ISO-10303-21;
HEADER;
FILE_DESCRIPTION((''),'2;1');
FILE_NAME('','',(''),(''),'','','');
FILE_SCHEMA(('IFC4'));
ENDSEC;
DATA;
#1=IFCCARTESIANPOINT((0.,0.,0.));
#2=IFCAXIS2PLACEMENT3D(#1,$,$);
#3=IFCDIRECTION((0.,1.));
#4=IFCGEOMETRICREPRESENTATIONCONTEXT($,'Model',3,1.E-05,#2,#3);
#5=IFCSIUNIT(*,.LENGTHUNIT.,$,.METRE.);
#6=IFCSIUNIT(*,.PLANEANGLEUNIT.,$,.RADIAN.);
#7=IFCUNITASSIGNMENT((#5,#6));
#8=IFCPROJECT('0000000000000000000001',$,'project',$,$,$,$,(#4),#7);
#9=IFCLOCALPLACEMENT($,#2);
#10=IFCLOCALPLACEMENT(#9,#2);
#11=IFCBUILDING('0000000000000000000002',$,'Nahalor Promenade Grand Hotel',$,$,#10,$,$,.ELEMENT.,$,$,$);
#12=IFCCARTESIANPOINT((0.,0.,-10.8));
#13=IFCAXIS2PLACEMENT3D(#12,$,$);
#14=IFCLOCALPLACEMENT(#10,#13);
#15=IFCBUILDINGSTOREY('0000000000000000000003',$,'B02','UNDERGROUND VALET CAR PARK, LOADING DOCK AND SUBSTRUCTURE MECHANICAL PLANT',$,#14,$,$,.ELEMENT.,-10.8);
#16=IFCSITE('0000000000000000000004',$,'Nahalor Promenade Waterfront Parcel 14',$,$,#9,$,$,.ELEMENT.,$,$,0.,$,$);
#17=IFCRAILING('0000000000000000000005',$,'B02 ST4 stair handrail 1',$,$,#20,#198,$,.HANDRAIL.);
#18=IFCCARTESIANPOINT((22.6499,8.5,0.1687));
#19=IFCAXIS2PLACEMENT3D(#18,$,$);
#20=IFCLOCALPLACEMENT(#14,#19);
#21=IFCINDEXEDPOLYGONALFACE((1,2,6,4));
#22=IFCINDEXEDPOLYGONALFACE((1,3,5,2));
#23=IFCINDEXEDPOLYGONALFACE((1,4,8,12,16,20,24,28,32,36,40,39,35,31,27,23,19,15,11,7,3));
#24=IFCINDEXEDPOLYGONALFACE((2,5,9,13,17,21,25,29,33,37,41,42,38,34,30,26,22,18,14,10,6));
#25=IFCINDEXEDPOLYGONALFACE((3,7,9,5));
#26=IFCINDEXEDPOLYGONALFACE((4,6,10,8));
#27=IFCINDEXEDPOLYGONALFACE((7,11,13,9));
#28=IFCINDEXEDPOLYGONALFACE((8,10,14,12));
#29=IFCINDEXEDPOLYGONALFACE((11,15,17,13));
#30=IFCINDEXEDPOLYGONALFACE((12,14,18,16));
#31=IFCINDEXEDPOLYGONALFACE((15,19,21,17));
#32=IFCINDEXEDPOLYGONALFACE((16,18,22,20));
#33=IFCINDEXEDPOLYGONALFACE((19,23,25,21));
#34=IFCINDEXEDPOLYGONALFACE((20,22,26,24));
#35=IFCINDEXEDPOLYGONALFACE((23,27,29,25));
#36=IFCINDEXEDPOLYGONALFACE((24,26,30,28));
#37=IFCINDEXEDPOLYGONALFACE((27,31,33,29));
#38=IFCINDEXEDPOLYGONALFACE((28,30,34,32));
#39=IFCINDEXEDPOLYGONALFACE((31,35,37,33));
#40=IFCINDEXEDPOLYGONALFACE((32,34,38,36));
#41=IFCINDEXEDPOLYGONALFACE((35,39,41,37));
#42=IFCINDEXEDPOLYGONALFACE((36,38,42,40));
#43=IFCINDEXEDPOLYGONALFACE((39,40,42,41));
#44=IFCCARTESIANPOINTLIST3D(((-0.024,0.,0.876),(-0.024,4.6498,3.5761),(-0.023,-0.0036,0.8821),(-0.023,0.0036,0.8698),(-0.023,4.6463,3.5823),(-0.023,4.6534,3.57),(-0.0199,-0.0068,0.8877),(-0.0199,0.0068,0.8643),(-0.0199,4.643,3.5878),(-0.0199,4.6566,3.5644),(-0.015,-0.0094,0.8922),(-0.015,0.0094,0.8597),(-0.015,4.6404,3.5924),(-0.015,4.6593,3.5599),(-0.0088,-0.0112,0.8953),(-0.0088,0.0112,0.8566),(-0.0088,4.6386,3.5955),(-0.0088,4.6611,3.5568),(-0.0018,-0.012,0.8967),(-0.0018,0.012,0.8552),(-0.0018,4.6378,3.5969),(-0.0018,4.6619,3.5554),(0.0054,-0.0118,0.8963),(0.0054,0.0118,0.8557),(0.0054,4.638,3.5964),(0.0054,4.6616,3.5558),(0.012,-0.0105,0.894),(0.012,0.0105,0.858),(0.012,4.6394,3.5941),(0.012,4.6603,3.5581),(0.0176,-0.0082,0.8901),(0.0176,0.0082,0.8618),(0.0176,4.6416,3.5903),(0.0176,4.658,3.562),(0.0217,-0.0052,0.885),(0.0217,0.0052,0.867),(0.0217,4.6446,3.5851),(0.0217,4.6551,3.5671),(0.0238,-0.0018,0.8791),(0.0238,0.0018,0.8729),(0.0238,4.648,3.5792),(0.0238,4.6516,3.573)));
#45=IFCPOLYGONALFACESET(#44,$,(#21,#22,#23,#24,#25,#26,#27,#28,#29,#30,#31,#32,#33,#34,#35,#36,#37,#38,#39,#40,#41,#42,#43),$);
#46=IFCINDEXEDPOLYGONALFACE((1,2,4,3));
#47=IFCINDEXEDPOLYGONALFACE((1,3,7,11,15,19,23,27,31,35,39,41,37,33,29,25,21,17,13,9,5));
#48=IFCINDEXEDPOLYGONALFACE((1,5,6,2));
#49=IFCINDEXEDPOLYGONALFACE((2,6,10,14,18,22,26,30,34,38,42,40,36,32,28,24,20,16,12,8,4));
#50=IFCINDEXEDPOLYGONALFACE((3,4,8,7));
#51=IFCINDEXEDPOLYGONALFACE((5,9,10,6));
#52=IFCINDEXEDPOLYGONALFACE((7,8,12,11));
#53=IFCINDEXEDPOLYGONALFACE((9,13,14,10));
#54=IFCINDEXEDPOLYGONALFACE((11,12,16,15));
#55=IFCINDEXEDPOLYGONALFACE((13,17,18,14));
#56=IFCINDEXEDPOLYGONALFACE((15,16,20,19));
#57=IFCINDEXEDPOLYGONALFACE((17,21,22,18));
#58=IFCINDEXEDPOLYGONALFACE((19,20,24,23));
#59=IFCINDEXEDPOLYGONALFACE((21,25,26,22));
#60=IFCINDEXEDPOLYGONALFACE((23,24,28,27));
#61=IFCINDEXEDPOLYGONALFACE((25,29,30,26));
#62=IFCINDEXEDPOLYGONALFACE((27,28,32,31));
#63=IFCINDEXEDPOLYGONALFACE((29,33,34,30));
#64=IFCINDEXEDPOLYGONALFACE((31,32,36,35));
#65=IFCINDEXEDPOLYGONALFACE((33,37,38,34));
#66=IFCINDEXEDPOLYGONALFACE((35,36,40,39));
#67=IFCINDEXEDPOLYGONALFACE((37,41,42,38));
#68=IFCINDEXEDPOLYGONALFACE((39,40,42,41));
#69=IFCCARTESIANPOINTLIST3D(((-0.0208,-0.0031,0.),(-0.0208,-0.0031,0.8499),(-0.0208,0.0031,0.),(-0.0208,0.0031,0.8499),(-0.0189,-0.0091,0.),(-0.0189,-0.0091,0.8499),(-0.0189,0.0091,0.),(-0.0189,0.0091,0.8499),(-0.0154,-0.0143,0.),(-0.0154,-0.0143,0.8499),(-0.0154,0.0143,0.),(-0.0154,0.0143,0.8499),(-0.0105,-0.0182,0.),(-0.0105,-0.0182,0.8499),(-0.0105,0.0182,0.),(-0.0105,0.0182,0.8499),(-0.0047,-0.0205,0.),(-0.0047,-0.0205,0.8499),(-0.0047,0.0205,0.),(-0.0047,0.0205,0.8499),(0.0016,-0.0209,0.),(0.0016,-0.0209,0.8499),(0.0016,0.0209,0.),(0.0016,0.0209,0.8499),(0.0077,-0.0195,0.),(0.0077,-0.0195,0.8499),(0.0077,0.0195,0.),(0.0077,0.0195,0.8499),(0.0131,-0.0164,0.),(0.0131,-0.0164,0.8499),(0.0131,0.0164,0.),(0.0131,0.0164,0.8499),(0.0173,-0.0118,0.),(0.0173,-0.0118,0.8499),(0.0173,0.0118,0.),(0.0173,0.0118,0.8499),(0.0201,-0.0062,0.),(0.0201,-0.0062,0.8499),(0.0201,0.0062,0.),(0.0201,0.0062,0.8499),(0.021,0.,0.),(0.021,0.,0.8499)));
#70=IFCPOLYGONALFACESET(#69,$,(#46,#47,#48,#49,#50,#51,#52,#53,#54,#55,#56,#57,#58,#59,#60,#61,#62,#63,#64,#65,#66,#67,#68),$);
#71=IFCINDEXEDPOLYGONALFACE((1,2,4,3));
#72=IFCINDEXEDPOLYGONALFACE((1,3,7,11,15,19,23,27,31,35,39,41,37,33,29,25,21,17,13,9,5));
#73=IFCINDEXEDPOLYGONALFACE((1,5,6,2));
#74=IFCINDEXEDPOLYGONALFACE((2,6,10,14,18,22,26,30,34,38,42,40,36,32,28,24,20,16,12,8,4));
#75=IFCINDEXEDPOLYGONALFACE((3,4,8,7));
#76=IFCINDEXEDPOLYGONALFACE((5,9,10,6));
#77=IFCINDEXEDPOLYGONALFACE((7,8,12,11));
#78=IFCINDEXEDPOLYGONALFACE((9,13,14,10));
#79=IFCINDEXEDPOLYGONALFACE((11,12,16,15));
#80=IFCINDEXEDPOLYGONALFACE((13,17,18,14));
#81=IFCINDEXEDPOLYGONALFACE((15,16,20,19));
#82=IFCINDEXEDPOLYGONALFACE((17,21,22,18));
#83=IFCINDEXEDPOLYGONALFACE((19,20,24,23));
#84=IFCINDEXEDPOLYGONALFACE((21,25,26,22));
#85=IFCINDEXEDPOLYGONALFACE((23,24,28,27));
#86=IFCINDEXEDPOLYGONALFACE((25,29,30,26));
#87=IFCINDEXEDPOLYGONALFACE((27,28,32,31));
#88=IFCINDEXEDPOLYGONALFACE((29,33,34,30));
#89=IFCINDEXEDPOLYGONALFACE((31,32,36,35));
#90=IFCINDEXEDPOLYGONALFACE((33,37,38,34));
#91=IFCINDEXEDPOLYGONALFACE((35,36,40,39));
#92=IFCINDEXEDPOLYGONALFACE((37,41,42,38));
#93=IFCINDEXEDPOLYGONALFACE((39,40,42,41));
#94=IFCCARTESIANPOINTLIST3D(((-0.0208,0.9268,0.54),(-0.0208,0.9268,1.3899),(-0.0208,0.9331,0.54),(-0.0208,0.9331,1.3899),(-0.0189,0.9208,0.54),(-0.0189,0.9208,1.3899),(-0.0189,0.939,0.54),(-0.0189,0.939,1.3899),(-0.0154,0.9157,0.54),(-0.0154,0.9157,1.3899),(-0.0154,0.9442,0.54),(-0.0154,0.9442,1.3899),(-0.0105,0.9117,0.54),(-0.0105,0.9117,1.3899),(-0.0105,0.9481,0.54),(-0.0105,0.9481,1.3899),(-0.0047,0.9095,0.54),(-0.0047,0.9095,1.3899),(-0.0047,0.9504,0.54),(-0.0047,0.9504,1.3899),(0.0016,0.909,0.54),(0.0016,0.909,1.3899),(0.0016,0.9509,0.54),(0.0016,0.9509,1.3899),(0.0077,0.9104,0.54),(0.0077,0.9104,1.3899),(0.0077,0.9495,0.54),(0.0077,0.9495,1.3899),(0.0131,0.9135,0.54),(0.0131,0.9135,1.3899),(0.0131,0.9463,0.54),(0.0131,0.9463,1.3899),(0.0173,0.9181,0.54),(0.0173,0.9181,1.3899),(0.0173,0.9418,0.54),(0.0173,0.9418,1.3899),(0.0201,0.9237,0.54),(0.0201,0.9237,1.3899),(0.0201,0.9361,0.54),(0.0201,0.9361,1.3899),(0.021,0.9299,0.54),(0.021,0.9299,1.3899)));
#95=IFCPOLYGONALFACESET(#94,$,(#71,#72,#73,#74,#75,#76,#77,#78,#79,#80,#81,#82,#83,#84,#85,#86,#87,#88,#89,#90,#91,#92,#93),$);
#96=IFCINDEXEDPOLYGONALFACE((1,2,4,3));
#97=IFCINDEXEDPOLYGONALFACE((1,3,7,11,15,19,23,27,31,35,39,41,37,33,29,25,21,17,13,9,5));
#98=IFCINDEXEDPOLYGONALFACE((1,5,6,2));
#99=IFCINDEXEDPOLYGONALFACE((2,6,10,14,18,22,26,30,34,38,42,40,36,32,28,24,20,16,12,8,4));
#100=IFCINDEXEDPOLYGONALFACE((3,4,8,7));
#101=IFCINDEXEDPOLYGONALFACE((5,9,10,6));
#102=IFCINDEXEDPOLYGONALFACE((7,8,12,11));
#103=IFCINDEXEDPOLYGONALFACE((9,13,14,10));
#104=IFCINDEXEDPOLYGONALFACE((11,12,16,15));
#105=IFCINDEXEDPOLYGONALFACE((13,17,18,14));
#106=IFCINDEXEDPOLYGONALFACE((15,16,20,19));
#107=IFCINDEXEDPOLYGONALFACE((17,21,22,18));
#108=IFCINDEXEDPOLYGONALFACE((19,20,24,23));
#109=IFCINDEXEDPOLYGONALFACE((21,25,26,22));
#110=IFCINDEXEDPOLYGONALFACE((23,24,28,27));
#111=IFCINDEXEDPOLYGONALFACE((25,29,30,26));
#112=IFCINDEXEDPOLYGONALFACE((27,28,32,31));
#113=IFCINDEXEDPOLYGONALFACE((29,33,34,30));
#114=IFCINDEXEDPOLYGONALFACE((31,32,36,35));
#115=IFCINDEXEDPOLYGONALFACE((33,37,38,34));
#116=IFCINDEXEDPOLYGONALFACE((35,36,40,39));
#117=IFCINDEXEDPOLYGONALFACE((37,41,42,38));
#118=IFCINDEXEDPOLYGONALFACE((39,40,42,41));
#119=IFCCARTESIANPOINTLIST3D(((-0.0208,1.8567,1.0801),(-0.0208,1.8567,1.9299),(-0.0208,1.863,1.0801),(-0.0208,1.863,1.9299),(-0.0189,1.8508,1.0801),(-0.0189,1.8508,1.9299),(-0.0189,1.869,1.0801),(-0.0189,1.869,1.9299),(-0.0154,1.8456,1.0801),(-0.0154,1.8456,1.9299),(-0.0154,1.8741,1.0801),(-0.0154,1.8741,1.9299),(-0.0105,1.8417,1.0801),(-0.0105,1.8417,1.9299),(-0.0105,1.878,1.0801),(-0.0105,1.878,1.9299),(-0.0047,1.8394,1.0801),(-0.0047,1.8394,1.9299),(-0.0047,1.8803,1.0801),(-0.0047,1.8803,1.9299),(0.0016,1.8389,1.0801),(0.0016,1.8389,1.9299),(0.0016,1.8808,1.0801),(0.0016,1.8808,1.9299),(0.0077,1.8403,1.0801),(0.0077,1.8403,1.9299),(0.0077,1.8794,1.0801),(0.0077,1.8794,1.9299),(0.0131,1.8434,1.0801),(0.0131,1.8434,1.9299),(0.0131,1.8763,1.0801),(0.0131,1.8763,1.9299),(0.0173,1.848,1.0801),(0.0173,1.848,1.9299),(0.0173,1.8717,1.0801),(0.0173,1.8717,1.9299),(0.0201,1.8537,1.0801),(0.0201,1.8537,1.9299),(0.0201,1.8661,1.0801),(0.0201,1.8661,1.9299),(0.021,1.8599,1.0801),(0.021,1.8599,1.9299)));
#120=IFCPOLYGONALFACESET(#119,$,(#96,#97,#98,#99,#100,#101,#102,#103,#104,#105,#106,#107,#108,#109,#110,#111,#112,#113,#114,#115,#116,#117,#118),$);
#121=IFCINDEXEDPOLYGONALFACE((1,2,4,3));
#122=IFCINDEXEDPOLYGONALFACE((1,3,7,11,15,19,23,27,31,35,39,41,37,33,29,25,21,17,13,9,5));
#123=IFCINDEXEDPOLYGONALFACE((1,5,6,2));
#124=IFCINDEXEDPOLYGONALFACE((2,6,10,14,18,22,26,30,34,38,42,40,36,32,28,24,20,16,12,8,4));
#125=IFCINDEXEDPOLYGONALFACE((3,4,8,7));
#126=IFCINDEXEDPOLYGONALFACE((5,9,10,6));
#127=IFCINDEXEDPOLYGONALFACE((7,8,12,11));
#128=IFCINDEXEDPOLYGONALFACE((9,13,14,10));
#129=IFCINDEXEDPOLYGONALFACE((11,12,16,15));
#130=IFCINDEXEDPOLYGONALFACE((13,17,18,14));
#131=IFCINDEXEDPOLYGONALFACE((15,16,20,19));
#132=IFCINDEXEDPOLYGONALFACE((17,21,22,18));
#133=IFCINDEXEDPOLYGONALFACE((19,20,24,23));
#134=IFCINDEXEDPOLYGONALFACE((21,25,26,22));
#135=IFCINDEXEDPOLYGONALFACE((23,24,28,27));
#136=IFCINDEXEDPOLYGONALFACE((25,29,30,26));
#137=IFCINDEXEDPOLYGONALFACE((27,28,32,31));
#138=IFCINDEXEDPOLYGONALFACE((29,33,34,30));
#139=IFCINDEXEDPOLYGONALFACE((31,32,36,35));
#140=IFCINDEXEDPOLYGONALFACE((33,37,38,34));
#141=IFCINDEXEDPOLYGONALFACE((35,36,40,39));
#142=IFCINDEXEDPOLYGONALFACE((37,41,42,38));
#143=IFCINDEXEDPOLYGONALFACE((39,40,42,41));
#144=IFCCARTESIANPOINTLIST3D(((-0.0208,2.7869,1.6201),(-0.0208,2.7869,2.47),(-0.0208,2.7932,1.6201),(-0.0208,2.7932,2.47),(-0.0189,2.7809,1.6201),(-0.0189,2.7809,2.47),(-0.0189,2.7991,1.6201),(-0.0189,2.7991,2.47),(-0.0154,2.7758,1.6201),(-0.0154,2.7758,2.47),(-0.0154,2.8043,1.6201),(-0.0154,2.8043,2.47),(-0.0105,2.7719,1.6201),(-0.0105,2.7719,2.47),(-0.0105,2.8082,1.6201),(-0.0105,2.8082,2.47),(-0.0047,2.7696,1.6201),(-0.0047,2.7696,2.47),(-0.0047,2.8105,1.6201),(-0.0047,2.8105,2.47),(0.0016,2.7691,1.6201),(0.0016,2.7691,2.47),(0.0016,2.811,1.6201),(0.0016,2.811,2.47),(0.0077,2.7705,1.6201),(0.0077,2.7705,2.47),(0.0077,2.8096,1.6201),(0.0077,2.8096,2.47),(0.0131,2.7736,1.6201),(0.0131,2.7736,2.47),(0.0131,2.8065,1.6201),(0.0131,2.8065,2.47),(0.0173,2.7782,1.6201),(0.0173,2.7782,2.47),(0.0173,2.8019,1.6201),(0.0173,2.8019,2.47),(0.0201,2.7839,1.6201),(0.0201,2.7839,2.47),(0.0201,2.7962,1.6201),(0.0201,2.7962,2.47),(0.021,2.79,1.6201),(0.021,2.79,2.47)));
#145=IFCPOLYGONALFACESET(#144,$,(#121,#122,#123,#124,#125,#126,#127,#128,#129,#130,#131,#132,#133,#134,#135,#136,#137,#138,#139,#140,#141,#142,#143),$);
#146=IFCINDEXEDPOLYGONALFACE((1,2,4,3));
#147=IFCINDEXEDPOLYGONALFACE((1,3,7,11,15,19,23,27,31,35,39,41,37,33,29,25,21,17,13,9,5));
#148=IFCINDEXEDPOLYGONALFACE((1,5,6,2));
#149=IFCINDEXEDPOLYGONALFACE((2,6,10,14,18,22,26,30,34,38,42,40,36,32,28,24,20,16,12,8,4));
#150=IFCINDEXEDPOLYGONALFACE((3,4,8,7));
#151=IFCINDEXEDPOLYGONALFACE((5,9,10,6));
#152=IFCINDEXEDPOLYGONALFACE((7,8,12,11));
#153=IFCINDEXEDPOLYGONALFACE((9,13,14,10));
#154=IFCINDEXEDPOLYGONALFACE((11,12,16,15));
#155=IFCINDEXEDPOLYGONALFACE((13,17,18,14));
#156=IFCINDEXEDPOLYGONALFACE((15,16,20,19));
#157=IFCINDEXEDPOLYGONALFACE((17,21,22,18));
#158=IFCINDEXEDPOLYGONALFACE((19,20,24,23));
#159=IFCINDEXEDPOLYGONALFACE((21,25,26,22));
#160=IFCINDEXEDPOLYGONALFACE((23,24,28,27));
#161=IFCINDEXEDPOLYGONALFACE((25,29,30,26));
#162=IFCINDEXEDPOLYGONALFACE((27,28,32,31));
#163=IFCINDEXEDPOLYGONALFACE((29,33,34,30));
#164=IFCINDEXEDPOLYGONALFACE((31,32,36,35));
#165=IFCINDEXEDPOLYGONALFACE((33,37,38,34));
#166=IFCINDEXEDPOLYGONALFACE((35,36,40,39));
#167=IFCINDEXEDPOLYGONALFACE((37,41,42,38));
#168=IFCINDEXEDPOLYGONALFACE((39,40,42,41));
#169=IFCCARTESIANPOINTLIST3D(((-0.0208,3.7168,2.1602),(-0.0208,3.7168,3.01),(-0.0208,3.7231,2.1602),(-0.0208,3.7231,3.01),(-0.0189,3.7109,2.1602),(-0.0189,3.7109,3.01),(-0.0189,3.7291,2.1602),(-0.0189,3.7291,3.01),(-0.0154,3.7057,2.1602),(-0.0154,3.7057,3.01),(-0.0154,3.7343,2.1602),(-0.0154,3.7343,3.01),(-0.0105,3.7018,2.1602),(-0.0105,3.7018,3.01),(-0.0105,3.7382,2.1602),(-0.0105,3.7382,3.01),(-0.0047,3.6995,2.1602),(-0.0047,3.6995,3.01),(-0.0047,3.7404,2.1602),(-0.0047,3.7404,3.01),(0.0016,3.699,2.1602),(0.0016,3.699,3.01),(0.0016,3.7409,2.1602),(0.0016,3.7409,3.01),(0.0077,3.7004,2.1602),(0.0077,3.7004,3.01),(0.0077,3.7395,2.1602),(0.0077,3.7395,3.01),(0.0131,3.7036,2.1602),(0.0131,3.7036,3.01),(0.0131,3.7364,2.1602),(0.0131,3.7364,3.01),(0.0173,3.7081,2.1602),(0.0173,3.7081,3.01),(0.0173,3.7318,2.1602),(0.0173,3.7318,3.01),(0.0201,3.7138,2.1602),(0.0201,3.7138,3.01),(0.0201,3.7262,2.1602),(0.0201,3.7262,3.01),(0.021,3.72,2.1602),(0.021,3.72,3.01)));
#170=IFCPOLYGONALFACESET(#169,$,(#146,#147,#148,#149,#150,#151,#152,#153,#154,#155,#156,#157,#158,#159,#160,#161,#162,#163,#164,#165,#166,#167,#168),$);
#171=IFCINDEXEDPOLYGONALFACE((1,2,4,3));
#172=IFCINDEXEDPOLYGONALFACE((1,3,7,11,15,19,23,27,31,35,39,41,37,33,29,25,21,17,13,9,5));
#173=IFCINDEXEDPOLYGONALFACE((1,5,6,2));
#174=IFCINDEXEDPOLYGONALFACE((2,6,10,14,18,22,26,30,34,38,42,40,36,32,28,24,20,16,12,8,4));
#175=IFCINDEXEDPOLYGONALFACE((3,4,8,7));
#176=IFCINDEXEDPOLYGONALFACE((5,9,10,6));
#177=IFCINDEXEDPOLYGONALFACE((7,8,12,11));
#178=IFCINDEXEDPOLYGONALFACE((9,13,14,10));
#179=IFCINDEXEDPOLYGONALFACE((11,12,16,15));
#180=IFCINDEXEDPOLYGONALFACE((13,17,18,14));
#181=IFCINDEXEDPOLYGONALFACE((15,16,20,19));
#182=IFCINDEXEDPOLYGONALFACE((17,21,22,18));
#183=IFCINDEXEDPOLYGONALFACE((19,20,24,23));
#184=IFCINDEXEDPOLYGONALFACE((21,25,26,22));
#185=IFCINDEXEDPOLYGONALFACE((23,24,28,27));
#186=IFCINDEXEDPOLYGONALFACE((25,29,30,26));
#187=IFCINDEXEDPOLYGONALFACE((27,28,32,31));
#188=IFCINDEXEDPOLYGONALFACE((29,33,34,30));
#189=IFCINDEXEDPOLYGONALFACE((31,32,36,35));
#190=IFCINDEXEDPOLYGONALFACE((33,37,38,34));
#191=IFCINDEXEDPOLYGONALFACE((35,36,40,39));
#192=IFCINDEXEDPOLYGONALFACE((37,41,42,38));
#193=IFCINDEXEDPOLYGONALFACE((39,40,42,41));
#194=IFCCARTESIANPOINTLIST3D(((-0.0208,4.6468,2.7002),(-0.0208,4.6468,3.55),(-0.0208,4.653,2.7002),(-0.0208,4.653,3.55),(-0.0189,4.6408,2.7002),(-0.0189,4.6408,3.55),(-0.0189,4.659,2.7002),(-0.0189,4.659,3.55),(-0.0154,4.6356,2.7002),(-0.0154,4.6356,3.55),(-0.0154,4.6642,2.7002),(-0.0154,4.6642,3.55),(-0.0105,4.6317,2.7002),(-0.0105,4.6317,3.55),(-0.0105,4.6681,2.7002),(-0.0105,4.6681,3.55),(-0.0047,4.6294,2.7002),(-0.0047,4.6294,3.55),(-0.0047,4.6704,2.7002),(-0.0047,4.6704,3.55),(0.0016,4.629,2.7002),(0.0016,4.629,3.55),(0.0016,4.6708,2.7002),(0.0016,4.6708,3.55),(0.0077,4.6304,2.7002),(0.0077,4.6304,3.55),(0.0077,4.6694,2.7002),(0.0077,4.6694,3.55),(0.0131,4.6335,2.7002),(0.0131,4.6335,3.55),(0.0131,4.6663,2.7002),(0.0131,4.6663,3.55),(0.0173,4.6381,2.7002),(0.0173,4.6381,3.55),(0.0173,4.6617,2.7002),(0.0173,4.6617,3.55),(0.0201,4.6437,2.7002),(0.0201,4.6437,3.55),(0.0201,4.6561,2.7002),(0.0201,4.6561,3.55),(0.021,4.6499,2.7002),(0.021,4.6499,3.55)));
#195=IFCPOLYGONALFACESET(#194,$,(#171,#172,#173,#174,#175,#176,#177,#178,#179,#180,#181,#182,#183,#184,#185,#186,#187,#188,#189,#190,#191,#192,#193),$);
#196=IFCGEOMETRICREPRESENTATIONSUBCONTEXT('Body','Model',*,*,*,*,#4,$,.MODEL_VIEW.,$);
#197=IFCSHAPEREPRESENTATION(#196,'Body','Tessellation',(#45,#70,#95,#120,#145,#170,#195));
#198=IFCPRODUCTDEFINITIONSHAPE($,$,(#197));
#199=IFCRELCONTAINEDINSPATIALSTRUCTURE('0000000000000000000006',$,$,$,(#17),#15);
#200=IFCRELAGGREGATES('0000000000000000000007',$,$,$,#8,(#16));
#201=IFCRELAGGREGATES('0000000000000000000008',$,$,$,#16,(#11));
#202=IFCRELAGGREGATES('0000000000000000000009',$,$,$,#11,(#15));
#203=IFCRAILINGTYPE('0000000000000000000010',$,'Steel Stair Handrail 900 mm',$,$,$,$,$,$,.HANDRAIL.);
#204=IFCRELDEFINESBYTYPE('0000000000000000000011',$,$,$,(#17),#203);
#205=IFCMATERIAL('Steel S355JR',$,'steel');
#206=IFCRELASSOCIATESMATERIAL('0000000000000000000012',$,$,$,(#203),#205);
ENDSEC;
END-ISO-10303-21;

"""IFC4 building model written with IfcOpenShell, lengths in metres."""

from ifc_helpers import new_model, si_unit, direction, frame, origin, origin_2d, place, context, subcontext, project, spatial, circle, extrude, material, type_object, element, save


model = new_model("IFC4")

# Units and contexts
model_context = context("Model", 3, precision=1e-05, world=origin(), true_north=direction((0.0, 1.0)))
body_context = subcontext(model_context, "Body", "Model", "MODEL_VIEW")
ifc_project = project(units=[si_unit("LENGTHUNIT", "METRE"), si_unit("PLANEANGLEUNIT", "RADIAN")], contexts=[model_context])

# Site, building, storey
site_placement = place(None, origin())
site = spatial("IfcSite", under=ifc_project, at=site_placement, Name="Nahalor Promenade Waterfront Parcel 14", CompositionType="ELEMENT", RefElevation=0.0)
building_placement = place(site_placement, origin())
building = spatial("IfcBuilding", under=site, at=building_placement, Name="Nahalor Promenade Grand Hotel", CompositionType="ELEMENT")
storey_placement = place(building_placement, frame((0.0, 0.0, -10.8)))
storey = spatial("IfcBuildingStorey", under=building, at=storey_placement, Name="B02", Description="UNDERGROUND VALET CAR PARK, LOADING DOCK AND SUBSTRUCTURE MECHANICAL PLANT", CompositionType="ELEMENT", Elevation=-10.8)

# Shared definitions
ifc_material_1 = material(Name="Steel S355JR", Category="steel")

# Railing
railing_type_1 = type_object("IfcRailingType", Name="Steel Stair Handrail 900 mm", PredefinedType="HANDRAIL", material=ifc_material_1)
railing_1_placement = place(storey_placement, frame((22.6499, 8.5, 0.1687)))
element("IfcRailing", 1, at=railing_1_placement, inside=storey, type_object=railing_type_1, Name="B02 ST4 stair handrail 1", PredefinedType="HANDRAIL", context=body_context, shape_type="SweptSolid", body=[
    extrude(circle(Radius=0.024, at=origin_2d()), frame((0.0, 0.0, 0.876), z_axis=(0.0, 0.864769, 0.502171), x_axis=(-1.0, 0.0, 0.0)), (0.0, 0.0, 1.0), 5.377),
    extrude(circle(Radius=0.021, at=origin_2d()), origin(), (0.0, 0.0, 1.0), 0.8499),
    extrude(circle(Radius=0.021, at=origin_2d()), frame((0.0, 0.9299, 0.54)), (0.0, 0.0, 1.0), 0.8499),
    extrude(circle(Radius=0.021, at=origin_2d()), frame((0.0, 1.8599, 1.0801)), (0.0, 0.0, 1.0), 0.8499),
    extrude(circle(Radius=0.021, at=origin_2d()), frame((0.0, 2.79, 1.6201)), (0.0, 0.0, 1.0), 0.8499),
    extrude(circle(Radius=0.021, at=origin_2d()), frame((0.0, 3.72, 2.1602)), (0.0, 0.0, 1.0), 0.8499),
    extrude(circle(Radius=0.021, at=origin_2d()), frame((0.0, 4.6499, 2.7002)), (0.0, 0.0, 1.0), 0.8499),
])

save(model, "model.ifc")
